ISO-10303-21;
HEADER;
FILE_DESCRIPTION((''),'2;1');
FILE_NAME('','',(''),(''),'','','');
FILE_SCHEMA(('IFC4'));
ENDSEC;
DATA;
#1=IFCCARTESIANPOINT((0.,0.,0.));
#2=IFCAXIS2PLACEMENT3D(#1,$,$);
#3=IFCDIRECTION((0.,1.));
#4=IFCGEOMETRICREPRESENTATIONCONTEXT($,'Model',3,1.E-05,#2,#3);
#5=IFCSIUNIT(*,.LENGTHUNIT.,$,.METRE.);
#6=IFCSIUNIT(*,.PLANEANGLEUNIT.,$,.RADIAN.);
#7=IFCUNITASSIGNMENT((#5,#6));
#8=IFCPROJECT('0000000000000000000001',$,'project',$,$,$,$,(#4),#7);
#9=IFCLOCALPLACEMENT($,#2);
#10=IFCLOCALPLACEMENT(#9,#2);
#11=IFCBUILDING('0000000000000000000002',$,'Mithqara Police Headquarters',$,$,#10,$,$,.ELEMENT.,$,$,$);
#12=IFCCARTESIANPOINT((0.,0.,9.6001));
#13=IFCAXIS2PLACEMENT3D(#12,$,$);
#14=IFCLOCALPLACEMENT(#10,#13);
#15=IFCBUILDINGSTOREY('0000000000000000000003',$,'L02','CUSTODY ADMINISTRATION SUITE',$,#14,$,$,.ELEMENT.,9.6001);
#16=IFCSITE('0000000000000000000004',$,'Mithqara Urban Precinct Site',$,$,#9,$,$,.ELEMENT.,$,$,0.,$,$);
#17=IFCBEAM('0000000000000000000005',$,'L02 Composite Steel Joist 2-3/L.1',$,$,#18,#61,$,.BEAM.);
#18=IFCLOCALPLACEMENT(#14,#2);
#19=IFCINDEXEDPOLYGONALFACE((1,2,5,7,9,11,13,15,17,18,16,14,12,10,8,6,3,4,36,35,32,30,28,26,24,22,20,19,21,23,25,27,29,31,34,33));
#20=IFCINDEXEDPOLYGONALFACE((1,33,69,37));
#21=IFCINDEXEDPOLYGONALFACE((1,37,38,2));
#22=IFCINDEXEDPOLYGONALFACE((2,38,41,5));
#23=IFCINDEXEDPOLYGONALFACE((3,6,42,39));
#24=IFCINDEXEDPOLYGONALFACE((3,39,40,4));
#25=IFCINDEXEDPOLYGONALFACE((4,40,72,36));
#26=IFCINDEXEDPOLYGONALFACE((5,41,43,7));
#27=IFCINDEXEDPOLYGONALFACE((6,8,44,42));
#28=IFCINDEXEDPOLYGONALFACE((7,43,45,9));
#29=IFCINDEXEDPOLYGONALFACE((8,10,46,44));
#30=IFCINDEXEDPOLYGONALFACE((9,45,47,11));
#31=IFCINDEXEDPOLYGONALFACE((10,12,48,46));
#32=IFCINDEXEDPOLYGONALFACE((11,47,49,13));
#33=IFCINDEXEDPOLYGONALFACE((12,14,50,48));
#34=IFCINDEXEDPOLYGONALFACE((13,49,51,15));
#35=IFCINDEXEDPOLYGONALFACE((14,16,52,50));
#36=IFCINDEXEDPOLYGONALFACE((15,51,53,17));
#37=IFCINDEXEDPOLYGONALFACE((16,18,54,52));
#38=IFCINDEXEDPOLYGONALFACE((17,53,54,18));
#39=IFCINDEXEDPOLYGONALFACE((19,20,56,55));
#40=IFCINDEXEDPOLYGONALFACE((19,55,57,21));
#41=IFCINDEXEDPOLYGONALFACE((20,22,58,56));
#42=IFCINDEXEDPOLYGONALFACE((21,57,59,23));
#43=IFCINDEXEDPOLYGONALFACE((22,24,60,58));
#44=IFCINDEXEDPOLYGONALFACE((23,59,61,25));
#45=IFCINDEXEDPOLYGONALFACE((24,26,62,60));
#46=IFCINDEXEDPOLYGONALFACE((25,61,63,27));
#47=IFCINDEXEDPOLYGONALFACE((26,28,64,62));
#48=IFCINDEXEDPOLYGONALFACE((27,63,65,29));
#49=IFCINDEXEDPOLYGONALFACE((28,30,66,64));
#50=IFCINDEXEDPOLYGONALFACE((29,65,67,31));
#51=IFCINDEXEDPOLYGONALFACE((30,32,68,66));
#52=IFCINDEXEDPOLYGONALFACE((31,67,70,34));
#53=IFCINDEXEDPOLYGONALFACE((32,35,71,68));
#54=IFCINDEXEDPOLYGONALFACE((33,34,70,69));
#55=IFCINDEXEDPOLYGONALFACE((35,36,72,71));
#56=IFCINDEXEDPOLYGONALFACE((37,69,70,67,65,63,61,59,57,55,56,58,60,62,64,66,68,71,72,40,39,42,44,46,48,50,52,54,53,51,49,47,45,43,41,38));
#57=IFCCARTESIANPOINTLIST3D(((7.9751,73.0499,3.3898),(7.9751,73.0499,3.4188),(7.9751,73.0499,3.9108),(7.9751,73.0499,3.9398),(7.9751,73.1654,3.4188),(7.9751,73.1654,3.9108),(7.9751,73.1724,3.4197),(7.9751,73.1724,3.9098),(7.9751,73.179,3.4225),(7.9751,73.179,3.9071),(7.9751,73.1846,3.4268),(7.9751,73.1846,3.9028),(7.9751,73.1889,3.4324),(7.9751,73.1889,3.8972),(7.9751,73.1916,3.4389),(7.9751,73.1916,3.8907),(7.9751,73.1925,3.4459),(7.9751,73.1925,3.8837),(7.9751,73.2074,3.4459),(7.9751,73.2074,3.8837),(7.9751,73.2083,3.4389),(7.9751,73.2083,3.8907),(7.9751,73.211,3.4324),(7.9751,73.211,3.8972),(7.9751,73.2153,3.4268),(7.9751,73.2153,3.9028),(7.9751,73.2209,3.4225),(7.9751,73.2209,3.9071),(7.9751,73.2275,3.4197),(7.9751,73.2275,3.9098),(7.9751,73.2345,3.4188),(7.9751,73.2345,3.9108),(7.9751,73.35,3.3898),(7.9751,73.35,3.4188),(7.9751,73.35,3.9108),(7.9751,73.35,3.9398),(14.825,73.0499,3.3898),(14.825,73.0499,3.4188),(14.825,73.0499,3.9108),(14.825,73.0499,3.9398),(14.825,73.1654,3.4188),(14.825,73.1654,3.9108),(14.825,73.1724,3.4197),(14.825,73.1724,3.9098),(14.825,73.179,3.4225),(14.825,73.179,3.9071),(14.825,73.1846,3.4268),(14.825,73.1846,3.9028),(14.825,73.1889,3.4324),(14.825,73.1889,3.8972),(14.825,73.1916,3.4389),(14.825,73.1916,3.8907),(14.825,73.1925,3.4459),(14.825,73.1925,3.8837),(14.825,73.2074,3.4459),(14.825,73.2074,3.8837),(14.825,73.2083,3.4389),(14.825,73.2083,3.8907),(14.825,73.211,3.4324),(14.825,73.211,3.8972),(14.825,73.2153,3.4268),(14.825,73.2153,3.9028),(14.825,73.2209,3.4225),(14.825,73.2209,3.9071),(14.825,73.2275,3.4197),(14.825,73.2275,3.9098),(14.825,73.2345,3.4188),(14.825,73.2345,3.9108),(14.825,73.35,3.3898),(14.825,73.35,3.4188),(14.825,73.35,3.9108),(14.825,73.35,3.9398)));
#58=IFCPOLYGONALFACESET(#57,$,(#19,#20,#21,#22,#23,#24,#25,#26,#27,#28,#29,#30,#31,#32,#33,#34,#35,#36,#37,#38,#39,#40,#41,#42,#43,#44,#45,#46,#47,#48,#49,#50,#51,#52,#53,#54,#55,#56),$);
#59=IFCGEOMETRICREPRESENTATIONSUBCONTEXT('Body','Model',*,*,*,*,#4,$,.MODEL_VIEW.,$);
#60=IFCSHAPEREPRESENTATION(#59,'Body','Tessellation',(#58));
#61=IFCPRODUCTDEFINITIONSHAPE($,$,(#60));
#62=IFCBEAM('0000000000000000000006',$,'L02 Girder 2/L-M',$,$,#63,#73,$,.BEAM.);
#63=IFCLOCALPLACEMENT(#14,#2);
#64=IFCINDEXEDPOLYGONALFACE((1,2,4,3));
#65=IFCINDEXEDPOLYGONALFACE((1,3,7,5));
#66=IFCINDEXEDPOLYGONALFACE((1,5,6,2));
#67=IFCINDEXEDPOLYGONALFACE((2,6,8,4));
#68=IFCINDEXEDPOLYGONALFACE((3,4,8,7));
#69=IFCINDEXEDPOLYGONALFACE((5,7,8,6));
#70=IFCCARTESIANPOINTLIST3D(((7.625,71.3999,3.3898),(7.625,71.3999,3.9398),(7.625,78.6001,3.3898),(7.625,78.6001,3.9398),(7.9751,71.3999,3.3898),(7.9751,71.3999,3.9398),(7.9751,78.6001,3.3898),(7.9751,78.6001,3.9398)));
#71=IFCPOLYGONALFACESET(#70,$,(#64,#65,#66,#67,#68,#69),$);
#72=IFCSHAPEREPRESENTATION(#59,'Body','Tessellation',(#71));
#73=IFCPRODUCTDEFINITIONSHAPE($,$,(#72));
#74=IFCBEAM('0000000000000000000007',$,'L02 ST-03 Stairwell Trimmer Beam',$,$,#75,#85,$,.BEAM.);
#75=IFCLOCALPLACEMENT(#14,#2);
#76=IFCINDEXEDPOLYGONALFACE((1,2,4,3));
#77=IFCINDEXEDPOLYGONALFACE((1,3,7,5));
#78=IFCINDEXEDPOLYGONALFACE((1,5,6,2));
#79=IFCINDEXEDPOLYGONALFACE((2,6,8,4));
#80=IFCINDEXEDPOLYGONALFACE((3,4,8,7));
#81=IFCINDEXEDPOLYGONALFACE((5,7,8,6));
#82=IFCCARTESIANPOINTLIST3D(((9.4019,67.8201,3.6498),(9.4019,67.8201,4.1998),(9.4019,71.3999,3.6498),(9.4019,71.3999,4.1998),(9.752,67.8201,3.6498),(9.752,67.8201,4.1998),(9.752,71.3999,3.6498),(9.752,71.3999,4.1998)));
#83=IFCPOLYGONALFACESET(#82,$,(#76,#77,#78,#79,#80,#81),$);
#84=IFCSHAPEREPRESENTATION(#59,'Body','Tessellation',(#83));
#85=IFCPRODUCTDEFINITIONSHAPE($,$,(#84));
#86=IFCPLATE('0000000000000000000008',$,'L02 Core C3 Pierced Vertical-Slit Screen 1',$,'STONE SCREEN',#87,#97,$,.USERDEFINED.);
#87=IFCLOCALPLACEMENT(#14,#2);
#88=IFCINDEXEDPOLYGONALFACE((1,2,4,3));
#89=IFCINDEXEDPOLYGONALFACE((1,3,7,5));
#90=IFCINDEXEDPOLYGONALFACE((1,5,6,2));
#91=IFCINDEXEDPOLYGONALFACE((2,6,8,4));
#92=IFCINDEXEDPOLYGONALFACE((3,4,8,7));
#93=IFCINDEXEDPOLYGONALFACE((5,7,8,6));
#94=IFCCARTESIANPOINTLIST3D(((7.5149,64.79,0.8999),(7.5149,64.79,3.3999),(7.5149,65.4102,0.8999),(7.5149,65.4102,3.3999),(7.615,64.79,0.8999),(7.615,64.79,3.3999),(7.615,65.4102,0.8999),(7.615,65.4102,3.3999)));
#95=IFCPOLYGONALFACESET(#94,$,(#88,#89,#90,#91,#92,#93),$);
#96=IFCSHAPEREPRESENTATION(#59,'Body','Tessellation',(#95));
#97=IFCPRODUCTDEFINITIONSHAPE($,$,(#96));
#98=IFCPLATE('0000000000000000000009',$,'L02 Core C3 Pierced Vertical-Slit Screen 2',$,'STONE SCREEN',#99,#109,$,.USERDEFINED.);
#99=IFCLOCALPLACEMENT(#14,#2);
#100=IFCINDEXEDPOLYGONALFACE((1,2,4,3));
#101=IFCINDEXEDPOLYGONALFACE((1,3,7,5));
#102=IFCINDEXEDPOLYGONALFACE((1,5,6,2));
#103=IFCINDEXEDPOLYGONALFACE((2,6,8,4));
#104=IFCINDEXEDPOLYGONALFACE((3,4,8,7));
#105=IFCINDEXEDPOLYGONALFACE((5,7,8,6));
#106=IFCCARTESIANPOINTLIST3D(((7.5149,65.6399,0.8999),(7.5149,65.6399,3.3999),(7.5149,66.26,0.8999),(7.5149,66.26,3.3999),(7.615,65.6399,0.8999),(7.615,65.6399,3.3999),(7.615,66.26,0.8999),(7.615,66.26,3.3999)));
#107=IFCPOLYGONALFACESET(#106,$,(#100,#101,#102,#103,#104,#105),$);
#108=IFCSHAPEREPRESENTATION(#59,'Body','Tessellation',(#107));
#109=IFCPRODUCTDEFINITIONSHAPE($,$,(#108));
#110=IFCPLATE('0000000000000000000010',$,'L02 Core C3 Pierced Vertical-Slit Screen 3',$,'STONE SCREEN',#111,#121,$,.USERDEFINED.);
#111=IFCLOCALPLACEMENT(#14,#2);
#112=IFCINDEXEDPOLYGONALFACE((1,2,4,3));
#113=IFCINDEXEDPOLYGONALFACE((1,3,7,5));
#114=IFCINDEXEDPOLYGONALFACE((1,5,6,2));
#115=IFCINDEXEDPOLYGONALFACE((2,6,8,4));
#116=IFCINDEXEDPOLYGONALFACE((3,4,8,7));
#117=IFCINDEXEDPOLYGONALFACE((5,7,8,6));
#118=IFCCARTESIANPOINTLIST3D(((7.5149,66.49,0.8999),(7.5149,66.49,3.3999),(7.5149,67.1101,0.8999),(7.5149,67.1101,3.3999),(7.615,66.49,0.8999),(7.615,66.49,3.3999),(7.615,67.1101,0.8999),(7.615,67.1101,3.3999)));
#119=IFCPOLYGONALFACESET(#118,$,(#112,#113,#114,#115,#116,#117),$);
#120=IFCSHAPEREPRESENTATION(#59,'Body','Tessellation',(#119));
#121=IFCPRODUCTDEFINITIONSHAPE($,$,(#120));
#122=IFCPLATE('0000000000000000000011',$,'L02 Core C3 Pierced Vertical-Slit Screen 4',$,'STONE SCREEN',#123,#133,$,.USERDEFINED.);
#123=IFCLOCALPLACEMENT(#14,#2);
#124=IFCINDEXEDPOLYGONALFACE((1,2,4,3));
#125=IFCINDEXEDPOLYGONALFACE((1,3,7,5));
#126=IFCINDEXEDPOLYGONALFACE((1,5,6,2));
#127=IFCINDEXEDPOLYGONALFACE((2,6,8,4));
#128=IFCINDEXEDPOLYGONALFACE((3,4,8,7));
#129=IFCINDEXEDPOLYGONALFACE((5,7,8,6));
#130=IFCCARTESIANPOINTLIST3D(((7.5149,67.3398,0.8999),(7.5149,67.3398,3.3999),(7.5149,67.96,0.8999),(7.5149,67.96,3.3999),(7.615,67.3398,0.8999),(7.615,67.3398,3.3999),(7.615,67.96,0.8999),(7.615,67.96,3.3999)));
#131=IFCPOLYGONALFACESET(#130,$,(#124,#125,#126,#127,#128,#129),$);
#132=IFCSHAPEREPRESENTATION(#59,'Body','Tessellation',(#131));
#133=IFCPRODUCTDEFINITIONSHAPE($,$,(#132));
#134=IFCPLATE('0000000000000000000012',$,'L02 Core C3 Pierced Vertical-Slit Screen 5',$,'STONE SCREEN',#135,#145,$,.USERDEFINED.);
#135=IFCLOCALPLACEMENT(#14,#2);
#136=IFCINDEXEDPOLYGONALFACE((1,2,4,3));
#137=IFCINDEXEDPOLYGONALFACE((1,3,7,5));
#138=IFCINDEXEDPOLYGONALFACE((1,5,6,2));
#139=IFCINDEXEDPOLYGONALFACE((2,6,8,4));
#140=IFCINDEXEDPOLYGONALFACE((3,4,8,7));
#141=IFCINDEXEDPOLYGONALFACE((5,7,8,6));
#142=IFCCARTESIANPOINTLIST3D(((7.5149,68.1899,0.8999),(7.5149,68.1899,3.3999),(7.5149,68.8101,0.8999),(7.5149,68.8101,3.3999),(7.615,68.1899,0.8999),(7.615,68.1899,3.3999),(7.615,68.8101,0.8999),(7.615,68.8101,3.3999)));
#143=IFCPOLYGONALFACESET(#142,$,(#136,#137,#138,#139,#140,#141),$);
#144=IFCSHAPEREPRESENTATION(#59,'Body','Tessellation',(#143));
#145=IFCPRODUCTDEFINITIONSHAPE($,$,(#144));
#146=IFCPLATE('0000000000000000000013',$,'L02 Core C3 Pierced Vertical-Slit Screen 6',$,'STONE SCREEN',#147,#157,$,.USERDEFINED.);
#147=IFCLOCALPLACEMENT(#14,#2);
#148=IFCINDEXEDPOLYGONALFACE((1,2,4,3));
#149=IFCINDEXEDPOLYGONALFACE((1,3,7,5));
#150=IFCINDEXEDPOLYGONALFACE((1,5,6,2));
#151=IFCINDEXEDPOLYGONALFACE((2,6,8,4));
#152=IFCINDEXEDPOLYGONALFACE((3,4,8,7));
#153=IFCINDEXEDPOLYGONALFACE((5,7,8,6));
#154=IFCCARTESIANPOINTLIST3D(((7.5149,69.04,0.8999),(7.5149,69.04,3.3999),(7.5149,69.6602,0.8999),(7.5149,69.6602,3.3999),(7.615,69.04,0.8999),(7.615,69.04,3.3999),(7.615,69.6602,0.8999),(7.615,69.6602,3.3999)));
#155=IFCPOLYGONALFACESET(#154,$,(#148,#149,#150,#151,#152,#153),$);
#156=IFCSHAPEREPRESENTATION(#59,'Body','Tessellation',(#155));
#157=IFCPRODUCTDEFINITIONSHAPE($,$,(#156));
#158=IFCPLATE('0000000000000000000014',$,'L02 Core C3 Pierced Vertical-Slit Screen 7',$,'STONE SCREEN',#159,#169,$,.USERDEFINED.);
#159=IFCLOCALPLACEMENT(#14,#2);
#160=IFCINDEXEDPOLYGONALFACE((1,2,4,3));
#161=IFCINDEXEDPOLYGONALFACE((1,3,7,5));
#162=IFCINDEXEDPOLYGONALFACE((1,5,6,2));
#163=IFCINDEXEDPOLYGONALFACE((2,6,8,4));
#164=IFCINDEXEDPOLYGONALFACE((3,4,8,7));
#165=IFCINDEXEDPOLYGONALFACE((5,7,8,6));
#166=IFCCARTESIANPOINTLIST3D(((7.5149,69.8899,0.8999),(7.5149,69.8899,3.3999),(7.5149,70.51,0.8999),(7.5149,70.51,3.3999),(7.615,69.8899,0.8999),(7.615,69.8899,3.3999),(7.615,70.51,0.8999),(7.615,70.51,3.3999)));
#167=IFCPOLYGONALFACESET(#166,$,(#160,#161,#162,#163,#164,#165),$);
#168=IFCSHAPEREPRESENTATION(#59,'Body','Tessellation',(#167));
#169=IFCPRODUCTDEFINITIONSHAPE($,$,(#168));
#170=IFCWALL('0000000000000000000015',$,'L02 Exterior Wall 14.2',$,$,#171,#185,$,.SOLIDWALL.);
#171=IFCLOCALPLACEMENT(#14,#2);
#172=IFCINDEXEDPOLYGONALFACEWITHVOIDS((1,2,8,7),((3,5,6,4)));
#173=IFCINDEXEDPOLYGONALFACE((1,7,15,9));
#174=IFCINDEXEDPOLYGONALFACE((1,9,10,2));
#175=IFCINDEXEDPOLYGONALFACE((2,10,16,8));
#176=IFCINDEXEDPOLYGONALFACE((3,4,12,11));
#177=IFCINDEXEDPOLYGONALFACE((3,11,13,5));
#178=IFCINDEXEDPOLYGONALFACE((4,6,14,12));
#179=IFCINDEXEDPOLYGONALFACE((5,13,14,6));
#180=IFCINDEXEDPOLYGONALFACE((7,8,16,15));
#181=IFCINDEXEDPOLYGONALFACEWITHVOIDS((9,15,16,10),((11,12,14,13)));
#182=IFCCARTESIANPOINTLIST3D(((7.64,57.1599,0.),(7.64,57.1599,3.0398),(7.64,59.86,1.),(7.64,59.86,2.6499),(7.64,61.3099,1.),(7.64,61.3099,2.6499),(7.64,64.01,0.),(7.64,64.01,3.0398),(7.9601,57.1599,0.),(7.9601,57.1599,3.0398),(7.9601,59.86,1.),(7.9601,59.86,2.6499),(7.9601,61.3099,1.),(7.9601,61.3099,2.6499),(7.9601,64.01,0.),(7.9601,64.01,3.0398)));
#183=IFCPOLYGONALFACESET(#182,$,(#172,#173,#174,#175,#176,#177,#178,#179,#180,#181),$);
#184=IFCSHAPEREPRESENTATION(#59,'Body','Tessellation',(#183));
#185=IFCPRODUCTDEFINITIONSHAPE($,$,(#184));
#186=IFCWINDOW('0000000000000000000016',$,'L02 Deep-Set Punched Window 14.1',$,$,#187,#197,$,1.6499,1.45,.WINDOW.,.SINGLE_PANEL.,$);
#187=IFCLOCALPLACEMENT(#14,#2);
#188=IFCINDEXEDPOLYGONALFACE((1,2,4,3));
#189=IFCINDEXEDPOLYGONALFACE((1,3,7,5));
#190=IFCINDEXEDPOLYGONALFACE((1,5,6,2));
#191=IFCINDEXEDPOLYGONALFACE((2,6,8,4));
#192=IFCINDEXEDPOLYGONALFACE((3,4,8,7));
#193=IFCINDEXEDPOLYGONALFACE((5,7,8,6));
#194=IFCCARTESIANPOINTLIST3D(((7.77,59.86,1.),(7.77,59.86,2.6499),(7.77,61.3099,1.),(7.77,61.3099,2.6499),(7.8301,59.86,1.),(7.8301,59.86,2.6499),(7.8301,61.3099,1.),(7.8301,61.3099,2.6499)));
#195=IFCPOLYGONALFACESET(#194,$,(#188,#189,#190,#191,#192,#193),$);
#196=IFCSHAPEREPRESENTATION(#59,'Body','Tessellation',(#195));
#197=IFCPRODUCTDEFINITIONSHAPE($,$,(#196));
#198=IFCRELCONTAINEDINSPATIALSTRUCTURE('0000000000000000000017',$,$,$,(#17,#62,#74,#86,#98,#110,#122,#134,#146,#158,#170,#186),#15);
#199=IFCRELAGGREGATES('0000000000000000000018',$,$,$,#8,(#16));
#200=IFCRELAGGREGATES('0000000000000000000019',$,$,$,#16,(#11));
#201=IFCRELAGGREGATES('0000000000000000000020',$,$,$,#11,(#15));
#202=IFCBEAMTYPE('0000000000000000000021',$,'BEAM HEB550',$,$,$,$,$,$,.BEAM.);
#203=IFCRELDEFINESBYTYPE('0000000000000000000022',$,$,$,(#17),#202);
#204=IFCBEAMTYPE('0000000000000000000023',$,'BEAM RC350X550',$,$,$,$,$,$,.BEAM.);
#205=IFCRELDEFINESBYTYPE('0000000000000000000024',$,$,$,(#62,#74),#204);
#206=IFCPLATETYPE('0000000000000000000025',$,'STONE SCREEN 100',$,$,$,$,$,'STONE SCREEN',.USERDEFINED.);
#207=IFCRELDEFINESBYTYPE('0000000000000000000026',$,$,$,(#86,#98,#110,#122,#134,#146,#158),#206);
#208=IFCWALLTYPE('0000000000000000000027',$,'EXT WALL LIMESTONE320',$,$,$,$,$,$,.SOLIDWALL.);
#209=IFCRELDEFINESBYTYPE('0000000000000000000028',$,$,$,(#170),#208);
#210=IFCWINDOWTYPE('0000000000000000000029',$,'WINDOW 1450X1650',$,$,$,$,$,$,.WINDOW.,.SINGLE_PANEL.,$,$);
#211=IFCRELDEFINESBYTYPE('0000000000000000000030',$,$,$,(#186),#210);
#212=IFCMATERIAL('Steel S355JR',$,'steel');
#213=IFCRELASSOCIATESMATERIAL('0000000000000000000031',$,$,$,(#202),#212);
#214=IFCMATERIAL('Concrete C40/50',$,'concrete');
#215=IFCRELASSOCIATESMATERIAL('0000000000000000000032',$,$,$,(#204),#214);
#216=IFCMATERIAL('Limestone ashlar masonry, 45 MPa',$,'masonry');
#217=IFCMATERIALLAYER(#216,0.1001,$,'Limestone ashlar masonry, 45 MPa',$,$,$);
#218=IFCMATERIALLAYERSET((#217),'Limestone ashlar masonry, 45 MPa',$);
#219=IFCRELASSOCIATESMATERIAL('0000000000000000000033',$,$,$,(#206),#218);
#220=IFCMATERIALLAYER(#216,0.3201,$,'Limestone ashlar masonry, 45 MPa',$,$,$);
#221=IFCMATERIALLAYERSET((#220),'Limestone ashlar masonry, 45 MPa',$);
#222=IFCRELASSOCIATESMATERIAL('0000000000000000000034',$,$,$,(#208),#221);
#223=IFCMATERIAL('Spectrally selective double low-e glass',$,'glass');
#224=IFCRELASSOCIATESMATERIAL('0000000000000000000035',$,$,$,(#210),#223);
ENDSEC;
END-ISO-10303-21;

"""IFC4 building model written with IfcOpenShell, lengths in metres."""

from ifc_helpers import new_model, si_unit, direction, frame, frame_2d, origin, origin_2d, place, context, subcontext, project, spatial, rectangle, i_section, extrude, material, layer, layer_set, material_profile, profile_set, type_object, element, fill, save


model = new_model("IFC4")

# Units and contexts
model_context = context("Model", 3, precision=1e-05, world=origin(), true_north=direction((0.0, 1.0)))
body_context = subcontext(model_context, "Body", "Model", "MODEL_VIEW")
ifc_project = project(units=[si_unit("LENGTHUNIT", "METRE"), si_unit("PLANEANGLEUNIT", "RADIAN")], contexts=[model_context])

# Site, building, storey
site_placement = place(None, origin())
site = spatial("IfcSite", under=ifc_project, at=site_placement, Name="Mithqara Urban Precinct Site", CompositionType="ELEMENT", RefElevation=0.0)
building_placement = place(site_placement, origin())
building = spatial("IfcBuilding", under=site, at=building_placement, Name="Mithqara Police Headquarters", CompositionType="ELEMENT")
storey_placement = place(building_placement, frame((0.0, 0.0, 9.6001)))
storey = spatial("IfcBuildingStorey", under=building, at=storey_placement, Name="L02", Description="CUSTODY ADMINISTRATION SUITE", CompositionType="ELEMENT", Elevation=9.6001)

# Beams
ifc_material_1 = material(Name="Steel S355JR", Category="steel")
ifc_material_profile_1 = material_profile(ifc_material_1, i_section(OverallWidth=0.3, OverallDepth=0.55, WebThickness=0.0149, FlangeThickness=0.0291, FilletRadius=0.0271, at=origin_2d()), Name="HEB 550")
ifc_profile_set_1 = profile_set([ifc_material_profile_1], Name="Steel S355JR")
beam_type_1 = type_object("IfcBeamType", Name="BEAM HEB550", PredefinedType="BEAM", material=ifc_profile_set_1)
beam_1_placement = place(storey_placement, frame((7.9751, 73.2, 3.6648), z_axis=(1.0, 0.0, 0.0), x_axis=(0.0, 1.0, 0.0)))
element("IfcBeam", 1, at=beam_1_placement, inside=storey, type_object=beam_type_1, Name="L02 Composite Steel Joist 2-3/L.1", PredefinedType="BEAM", context=body_context, shape_type="SweptSolid", body=[
    extrude(i_section(OverallWidth=0.3, OverallDepth=0.55, WebThickness=0.0149, FlangeThickness=0.0291, FilletRadius=0.0271, at=origin_2d()), origin(), (0.0, 0.0, 1.0), 6.8499),
])
ifc_material_2 = material(Name="Concrete C40/50", Category="concrete")
ifc_material_profile_2 = material_profile(ifc_material_2, rectangle(XDim=0.3501, YDim=0.55, at=origin_2d()), Name="RC 350x550")
ifc_profile_set_2 = profile_set([ifc_material_profile_2], Name="Concrete C40/50")
beam_type_2 = type_object("IfcBeamType", Name="BEAM RC350X550", PredefinedType="BEAM", material=ifc_profile_set_2)
beam_2_placement = place(storey_placement, frame((7.8, 71.3999, 3.6648), z_axis=(0.0, 1.0, 0.0), x_axis=(-1.0, 0.0, 0.0)))
element("IfcBeam", 2, at=beam_2_placement, inside=storey, type_object=beam_type_2, Name="L02 Girder 2/L-M", PredefinedType="BEAM", context=body_context, shape_type="SweptSolid", body=[
    extrude(rectangle(XDim=0.3501, YDim=0.55, at=origin_2d()), origin(), (0.0, 0.0, 1.0), 7.2002),
])
beam_3_placement = place(storey_placement, frame((9.5769, 67.8201, 3.9248), z_axis=(0.0, 1.0, 0.0), x_axis=(-1.0, 0.0, 0.0)))
element("IfcBeam", 3, at=beam_3_placement, inside=storey, type_object=beam_type_2, Name="L02 ST-03 Stairwell Trimmer Beam", PredefinedType="BEAM", context=body_context, shape_type="SweptSolid", body=[
    extrude(rectangle(XDim=0.3501, YDim=0.55, at=origin_2d()), origin(), (0.0, 0.0, 1.0), 3.5798),
])

# Plates
ifc_material_3 = material(Name="Limestone ashlar masonry, 45 MPa", Category="masonry")
ifc_layer_1 = layer(ifc_material_3, 0.1001, Name="Limestone ashlar masonry, 45 MPa")
ifc_layer_set_1 = layer_set([ifc_layer_1], Name="Limestone ashlar masonry, 45 MPa")
plate_type = type_object("IfcPlateType", Name="STONE SCREEN 100", ElementType="STONE SCREEN", PredefinedType="USERDEFINED", material=ifc_layer_set_1)
for number, where, z_axis, x_axis, name in (
    (4, (7.5649, 65.1001, 0.8999), (0.0, 0.0, 1.0), (0.0, 1.0, 0.0), "L02 Core C3 Pierced Vertical-Slit Screen 1"),
    (5, (7.5649, 65.95, 0.8999), (0.0, 0.0, 1.0), (0.0, 1.0, 0.0), "L02 Core C3 Pierced Vertical-Slit Screen 2"),
    (6, (7.5649, 66.8, 0.8999), (0.0, 0.0, 1.0), (0.0, 1.0, 0.0), "L02 Core C3 Pierced Vertical-Slit Screen 3"),
    (7, (7.5649, 67.6499, 0.8999), (0.0, 0.0, 1.0), (0.0, 1.0, 0.0), "L02 Core C3 Pierced Vertical-Slit Screen 4"),
    (8, (7.5649, 68.5, 0.8999), (0.0, 0.0, 1.0), (0.0, 1.0, 0.0), "L02 Core C3 Pierced Vertical-Slit Screen 5"),
    (9, (7.5649, 69.3501, 0.8999), (0.0, 0.0, 1.0), (0.0, 1.0, 0.0), "L02 Core C3 Pierced Vertical-Slit Screen 6"),
    (10, (7.5649, 70.2, 0.8999), (0.0, 0.0, 1.0), (0.0, 1.0, 0.0), "L02 Core C3 Pierced Vertical-Slit Screen 7"),
):
    element("IfcPlate", number, at=place(storey_placement, frame(where, z_axis=z_axis, x_axis=x_axis)), inside=storey, type_object=plate_type, Name=name, ObjectType="STONE SCREEN", PredefinedType="USERDEFINED", context=body_context, shape_type="SweptSolid", body=[
        extrude(rectangle(XDim=0.6201, YDim=0.1001, at=origin_2d()), origin(), (0.0, 0.0, 1.0), 2.5),
    ])

# Wall, opening, window
ifc_layer_2 = layer(ifc_material_3, 0.3201, Name="Limestone ashlar masonry, 45 MPa")
ifc_layer_set_2 = layer_set([ifc_layer_2], Name="Limestone ashlar masonry, 45 MPa")
wall_type_1 = type_object("IfcWallType", Name="EXT WALL LIMESTONE320", PredefinedType="SOLIDWALL", material=ifc_layer_set_2)
wall_1_placement = place(storey_placement, frame((7.8, 64.01, 0.0), z_axis=(0.0, 0.0, 1.0), x_axis=(0.0, -1.0, 0.0)))
wall_1 = element("IfcWall", 11, at=wall_1_placement, inside=storey, type_object=wall_type_1, Name="L02 Exterior Wall 14.2", PredefinedType="SOLIDWALL", context=body_context, shape_type="SweptSolid", body=[
    extrude(rectangle(XDim=6.8501, YDim=0.3201, at=frame_2d((3.425, 0.0))), origin(), (0.0, 0.0, 1.0), 3.0398),
])
opening_1_placement = place(wall_1_placement, frame((2.7, 0.0, 1.0)))
opening_1 = element("IfcOpeningElement", 12, at=opening_1_placement, cuts=wall_1, PredefinedType="OPENING", context=body_context, shape_type="SweptSolid", body=[
    extrude(rectangle(XDim=1.45, YDim=1.6499, at=frame_2d((0.7251, 0.825))), frame((0.0, 0.1699, 0.0), z_axis=(0.0, -1.0, 0.0), x_axis=(1.0, 0.0, 0.0)), (0.0, 0.0, 1.0), 0.3401),
])
ifc_material_4 = material(Name="Spectrally selective double low-e glass", Category="glass")
window_type = type_object("IfcWindowType", Name="WINDOW 1450X1650", PartitioningType="SINGLE_PANEL", PredefinedType="WINDOW", material=ifc_material_4)
window_placement = place(opening_1_placement, origin())
window = element("IfcWindow", 13, at=window_placement, inside=storey, type_object=window_type, Name="L02 Deep-Set Punched Window 14.1", OverallHeight=1.6499, OverallWidth=1.45, PartitioningType="SINGLE_PANEL", PredefinedType="WINDOW", context=body_context, shape_type="SweptSolid", body=[
    extrude(rectangle(XDim=1.45, YDim=1.6499, at=frame_2d((0.7251, 0.825))), frame((0.0, 0.03, 0.0), z_axis=(0.0, -1.0, 0.0), x_axis=(1.0, 0.0, 0.0)), (0.0, 0.0, 1.0), 0.0601),
])
fill(opening_1, window)

save(model, "model.ifc")
